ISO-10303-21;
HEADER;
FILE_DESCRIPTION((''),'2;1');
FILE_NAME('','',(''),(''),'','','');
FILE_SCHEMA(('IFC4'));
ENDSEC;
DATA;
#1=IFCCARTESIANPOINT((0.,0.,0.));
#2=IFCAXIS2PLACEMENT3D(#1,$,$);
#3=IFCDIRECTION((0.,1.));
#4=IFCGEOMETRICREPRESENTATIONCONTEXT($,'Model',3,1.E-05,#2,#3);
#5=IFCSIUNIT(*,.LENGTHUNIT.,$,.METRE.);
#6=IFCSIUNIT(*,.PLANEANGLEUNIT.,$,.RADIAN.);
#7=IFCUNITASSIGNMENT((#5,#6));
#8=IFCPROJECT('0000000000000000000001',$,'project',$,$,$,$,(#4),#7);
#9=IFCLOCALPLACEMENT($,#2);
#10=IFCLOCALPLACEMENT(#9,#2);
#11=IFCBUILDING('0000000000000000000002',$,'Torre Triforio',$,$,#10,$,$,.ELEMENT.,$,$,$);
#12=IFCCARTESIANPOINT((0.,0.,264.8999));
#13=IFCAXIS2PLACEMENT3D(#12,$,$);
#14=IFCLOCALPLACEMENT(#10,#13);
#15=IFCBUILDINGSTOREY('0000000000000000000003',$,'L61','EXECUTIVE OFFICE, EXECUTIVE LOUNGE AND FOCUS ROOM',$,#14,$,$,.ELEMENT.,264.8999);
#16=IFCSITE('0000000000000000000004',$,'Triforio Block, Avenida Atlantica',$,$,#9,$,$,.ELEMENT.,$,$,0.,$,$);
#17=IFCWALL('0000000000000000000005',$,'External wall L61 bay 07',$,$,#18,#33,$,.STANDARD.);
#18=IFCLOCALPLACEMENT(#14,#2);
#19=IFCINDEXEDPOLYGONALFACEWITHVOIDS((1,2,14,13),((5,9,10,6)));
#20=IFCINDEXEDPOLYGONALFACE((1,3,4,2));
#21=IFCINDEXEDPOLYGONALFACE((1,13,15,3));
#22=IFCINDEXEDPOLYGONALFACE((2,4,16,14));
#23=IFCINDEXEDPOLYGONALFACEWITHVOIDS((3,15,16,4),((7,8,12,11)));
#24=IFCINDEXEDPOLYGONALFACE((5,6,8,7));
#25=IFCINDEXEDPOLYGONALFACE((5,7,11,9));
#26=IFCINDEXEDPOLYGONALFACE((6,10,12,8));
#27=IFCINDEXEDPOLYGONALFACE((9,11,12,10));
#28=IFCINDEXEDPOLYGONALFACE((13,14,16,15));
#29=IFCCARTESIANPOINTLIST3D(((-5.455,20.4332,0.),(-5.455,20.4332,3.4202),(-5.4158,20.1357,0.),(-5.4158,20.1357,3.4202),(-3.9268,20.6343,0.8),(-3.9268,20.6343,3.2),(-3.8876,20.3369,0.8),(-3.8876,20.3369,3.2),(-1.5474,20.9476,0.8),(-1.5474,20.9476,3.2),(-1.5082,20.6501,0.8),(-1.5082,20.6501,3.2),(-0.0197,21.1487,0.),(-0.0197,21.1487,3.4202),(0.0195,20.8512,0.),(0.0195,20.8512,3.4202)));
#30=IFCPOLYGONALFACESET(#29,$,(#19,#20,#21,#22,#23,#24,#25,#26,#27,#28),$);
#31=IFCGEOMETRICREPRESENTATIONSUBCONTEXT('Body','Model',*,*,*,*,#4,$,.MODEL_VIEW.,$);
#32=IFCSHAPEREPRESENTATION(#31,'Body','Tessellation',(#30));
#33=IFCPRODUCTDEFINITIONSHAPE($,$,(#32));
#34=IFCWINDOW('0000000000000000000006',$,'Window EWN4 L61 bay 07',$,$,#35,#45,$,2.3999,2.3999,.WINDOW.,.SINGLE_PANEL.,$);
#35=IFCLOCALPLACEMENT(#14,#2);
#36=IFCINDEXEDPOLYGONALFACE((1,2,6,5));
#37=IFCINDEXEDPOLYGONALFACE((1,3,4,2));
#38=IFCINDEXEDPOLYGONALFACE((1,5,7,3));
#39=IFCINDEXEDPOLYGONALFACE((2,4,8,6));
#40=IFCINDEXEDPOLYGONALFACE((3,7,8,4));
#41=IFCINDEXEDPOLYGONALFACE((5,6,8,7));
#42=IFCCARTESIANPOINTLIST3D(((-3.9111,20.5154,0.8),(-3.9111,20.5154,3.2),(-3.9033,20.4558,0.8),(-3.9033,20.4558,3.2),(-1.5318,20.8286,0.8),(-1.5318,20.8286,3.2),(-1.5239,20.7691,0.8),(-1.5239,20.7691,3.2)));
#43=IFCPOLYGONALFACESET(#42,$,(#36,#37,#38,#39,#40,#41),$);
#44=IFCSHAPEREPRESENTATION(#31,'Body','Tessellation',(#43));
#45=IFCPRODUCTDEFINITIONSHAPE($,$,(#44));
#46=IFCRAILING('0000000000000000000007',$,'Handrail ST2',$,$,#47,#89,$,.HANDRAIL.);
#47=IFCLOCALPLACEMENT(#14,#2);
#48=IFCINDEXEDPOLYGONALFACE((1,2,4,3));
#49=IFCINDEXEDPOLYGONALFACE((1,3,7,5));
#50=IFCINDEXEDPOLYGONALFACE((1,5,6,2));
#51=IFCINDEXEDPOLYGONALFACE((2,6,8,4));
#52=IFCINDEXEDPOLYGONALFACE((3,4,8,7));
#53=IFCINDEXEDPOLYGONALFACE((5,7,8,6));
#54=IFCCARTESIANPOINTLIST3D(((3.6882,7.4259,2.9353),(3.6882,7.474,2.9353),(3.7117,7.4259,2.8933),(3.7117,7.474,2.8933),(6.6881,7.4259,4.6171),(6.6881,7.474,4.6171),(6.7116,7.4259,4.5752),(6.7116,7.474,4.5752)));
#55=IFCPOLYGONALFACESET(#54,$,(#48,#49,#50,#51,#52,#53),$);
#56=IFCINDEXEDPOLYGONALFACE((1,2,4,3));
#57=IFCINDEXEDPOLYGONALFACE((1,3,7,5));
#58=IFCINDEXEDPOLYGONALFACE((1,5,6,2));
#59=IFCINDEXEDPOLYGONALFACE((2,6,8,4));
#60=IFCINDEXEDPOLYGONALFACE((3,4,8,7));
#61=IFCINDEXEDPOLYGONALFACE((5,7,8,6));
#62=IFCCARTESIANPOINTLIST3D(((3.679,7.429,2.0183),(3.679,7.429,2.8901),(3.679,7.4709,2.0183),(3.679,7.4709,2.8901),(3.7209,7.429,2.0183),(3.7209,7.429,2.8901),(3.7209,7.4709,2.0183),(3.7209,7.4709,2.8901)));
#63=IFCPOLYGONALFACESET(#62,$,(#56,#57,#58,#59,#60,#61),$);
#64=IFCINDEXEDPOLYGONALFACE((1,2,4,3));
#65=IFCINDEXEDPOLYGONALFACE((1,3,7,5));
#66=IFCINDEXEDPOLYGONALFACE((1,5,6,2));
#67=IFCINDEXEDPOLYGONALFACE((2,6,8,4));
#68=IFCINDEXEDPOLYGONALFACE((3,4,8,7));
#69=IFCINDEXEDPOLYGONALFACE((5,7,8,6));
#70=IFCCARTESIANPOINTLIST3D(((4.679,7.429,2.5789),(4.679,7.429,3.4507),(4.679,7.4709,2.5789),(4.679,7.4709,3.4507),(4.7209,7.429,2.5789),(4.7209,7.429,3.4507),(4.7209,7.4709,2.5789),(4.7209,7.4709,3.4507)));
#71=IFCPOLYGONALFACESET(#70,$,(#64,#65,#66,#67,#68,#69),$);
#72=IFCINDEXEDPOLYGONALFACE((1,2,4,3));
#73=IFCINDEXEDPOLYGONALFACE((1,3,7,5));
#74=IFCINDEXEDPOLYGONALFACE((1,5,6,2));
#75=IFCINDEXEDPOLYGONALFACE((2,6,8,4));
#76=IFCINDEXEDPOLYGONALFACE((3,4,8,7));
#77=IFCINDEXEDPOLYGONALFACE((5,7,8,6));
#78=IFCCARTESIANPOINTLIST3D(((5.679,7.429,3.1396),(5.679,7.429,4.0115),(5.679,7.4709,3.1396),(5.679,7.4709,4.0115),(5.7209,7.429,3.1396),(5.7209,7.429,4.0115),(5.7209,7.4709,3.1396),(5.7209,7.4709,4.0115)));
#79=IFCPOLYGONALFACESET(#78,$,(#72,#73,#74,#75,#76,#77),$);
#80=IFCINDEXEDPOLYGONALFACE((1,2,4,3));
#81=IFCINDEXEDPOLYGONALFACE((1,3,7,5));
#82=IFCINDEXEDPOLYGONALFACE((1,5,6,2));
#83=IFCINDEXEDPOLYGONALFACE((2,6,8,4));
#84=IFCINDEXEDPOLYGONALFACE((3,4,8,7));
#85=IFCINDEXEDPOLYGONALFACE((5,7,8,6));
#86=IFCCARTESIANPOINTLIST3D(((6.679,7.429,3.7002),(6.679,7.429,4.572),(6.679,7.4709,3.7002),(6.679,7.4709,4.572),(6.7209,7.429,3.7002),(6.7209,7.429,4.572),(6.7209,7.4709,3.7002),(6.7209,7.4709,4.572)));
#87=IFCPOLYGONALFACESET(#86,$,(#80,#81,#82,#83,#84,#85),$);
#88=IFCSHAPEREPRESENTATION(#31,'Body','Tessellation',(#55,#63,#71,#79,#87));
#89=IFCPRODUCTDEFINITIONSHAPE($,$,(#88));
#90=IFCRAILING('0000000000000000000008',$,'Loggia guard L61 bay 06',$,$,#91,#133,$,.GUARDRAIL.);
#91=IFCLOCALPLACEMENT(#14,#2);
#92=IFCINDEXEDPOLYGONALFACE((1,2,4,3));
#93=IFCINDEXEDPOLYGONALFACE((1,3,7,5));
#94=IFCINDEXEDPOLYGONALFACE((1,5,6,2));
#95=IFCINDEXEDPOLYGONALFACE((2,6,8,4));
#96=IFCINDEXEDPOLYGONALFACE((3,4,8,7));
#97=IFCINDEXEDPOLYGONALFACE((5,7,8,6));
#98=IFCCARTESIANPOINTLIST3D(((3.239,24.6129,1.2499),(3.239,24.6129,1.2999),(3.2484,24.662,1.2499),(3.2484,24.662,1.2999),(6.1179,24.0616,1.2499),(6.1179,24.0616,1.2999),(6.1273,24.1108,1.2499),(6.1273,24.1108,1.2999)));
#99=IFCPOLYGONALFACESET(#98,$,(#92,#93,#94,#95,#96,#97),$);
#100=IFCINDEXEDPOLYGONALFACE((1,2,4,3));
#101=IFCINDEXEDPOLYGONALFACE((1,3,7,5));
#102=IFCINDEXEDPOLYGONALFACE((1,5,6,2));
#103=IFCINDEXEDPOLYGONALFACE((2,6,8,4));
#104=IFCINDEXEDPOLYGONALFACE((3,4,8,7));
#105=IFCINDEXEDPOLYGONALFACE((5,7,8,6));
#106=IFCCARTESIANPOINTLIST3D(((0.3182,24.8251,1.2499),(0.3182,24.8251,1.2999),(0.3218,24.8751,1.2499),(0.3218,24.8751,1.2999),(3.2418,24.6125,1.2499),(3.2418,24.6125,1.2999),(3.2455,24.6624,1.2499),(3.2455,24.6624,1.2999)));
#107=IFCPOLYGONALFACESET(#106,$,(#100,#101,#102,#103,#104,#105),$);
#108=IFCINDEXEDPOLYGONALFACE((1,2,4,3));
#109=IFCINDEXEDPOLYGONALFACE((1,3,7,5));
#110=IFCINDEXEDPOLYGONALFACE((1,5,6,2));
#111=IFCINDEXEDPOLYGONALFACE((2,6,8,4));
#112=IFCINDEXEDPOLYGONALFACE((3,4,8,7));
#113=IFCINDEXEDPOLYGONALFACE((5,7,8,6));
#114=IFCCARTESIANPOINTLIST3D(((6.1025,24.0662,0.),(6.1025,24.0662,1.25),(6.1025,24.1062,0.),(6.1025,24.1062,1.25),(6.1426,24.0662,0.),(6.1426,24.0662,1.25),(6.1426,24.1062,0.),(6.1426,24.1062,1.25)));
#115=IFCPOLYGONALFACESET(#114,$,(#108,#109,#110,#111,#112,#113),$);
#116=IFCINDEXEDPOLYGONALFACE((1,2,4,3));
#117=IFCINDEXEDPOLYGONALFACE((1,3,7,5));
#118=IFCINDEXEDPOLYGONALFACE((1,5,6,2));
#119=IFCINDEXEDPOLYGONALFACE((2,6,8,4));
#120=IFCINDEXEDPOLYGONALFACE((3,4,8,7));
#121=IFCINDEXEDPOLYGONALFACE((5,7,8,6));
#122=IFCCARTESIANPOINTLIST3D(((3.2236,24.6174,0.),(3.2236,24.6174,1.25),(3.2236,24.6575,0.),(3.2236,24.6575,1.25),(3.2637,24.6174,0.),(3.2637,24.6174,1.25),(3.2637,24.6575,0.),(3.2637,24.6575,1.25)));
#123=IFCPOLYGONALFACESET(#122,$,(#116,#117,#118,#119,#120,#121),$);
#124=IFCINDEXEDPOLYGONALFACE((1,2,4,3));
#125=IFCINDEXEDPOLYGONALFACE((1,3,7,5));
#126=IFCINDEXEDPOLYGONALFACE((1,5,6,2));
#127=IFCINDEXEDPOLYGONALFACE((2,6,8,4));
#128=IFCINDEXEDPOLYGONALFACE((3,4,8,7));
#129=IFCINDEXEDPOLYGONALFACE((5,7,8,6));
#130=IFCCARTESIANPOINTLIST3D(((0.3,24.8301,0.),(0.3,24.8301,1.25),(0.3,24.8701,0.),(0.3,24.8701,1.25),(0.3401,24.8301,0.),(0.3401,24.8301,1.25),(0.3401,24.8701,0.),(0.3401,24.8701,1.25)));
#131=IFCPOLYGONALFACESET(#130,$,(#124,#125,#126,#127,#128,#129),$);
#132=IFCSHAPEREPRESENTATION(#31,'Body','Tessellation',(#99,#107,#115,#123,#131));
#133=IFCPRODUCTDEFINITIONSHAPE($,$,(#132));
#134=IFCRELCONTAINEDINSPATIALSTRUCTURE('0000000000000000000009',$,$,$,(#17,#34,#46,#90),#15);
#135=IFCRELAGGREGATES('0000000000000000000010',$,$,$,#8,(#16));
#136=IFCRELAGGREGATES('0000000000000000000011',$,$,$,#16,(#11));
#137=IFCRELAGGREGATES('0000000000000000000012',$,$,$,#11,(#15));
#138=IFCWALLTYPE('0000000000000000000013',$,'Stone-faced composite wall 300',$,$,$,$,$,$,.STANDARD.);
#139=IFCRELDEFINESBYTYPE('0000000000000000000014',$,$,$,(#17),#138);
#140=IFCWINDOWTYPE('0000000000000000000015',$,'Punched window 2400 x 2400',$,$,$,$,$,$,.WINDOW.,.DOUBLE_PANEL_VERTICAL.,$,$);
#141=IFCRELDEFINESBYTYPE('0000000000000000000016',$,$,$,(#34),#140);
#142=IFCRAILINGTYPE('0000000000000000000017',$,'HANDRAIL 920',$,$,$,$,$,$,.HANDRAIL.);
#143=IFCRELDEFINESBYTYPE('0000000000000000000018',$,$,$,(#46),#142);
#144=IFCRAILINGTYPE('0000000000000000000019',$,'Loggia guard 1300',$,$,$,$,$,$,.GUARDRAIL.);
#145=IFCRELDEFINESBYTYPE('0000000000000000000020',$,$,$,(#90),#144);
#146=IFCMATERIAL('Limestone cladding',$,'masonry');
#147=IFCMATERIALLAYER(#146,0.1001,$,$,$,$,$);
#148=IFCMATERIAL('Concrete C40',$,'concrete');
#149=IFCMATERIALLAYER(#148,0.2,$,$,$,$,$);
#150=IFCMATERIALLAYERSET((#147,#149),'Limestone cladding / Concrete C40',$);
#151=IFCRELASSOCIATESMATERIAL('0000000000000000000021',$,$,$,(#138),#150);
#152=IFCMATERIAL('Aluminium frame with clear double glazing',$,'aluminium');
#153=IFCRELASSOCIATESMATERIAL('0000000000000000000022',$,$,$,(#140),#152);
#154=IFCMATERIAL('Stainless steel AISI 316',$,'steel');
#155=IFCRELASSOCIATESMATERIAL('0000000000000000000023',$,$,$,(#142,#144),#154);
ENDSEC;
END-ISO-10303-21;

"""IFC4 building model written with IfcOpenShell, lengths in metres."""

from ifc_helpers import new_model, si_unit, direction, frame, frame_2d, origin, origin_2d, place, context, subcontext, project, spatial, rectangle, extrude, material, layer, layer_set, type_object, element, fill, save


model = new_model("IFC4")

# Units and contexts
model_context = context("Model", 3, precision=1e-05, world=origin(), true_north=direction((0.0, 1.0)))
body_context = subcontext(model_context, "Body", "Model", "MODEL_VIEW")
ifc_project = project(units=[si_unit("LENGTHUNIT", "METRE"), si_unit("PLANEANGLEUNIT", "RADIAN")], contexts=[model_context])

# Site, building, storey
site_placement = place(None, origin())
site = spatial("IfcSite", under=ifc_project, at=site_placement, Name="Triforio Block, Avenida Atlantica", CompositionType="ELEMENT", RefElevation=0.0)
building_placement = place(site_placement, origin())
building = spatial("IfcBuilding", under=site, at=building_placement, Name="Torre Triforio", CompositionType="ELEMENT")
storey_placement = place(building_placement, frame((0.0, 0.0, 264.8999)))
storey = spatial("IfcBuildingStorey", under=building, at=storey_placement, Name="L61", Description="EXECUTIVE OFFICE, EXECUTIVE LOUNGE AND FOCUS ROOM", CompositionType="ELEMENT", Elevation=264.8999)

# Shared definitions
ifc_material_1 = material(Name="Concrete C40", Category="concrete")

# Shared definitions
ifc_material_2 = material(Name="Limestone cladding", Category="masonry")
ifc_layer_1 = layer(ifc_material_2, 0.1001)
ifc_layer_2 = layer(ifc_material_1, 0.2)
ifc_layer_set_1 = layer_set([ifc_layer_1, ifc_layer_2], Name="Limestone cladding / Concrete C40")
wall_type_1 = type_object("IfcWallType", Name="Stone-faced composite wall 300", PredefinedType="STANDARD", material=ifc_layer_set_1)
ifc_material_3 = material(Name="Aluminium frame with clear double glazing", Category="aluminium")

# Wall, opening, window
wall_1_placement = place(storey_placement, frame((0.0, 21.0, 0.0), z_axis=(0.0, 0.0, 1.0), x_axis=(-0.991445, -0.130527, 0.0)))
wall_1 = element("IfcWall", 1, at=wall_1_placement, inside=storey, type_object=wall_type_1, Name="External wall L61 bay 07", PredefinedType="STANDARD", context=body_context, shape_type="SweptSolid", body=[
    extrude(rectangle(XDim=5.4822, YDim=0.3, at=frame_2d((2.7412, 0.0))), origin(), (0.0, 0.0, 1.0), 3.4202),
])
opening_1_placement = place(wall_1_placement, frame((1.541, 0.0, 0.8)))
opening_1 = element("IfcOpeningElement", 2, at=opening_1_placement, cuts=wall_1, PredefinedType="OPENING", context=body_context, shape_type="SweptSolid", body=[
    extrude(rectangle(XDim=2.3999, YDim=2.3999, at=frame_2d((1.2, 1.2))), frame((0.0, 0.1599, 0.0), z_axis=(0.0, -1.0, 0.0), x_axis=(1.0, 0.0, 0.0)), (0.0, 0.0, 1.0), 0.3201),
])
window_type_1 = type_object("IfcWindowType", Name="Punched window 2400 x 2400", PartitioningType="DOUBLE_PANEL_VERTICAL", PredefinedType="WINDOW", material=ifc_material_3)
window_1_placement = place(opening_1_placement, origin())
window_1 = element("IfcWindow", 3, at=window_1_placement, inside=storey, type_object=window_type_1, Name="Window EWN4 L61 bay 07", OverallHeight=2.3999, OverallWidth=2.3999, PartitioningType="SINGLE_PANEL", PredefinedType="WINDOW", context=body_context, shape_type="SweptSolid", body=[
    extrude(rectangle(XDim=2.3999, YDim=2.3999, at=frame_2d((1.2, 1.2))), frame((0.0, 0.03, 0.0), z_axis=(0.0, -1.0, 0.0), x_axis=(1.0, 0.0, 0.0)), (0.0, 0.0, 1.0), 0.0601),
])
fill(opening_1, window_1)

# Railings
ifc_material_4 = material(Name="Stainless steel AISI 316", Category="steel")
railing_type_1 = type_object("IfcRailingType", Name="HANDRAIL 920", PredefinedType="HANDRAIL", material=ifc_material_4)
railing_1_placement = place(storey_placement, frame((3.7, 7.45, 2.0183)))
element("IfcRailing", 4, at=railing_1_placement, inside=storey, type_object=railing_type_1, Name="Handrail ST2", PredefinedType="HANDRAIL", context=body_context, shape_type="SweptSolid", body=[
    extrude(rectangle(XDim=0.0481, YDim=0.0481, at=origin_2d()), frame((0.0, 0.0, 0.896), z_axis=(0.872272, 0.0, 0.48902), x_axis=(0.0, 1.0, 0.0)), (0.0, 0.0, 1.0), 3.4392),
    extrude(rectangle(XDim=0.042, YDim=0.042, at=origin_2d()), origin(), (0.0, 0.0, 1.0), 0.8718),
    extrude(rectangle(XDim=0.042, YDim=0.042, at=origin_2d()), frame((1.0, 0.0, 0.5605)), (0.0, 0.0, 1.0), 0.8718),
    extrude(rectangle(XDim=0.042, YDim=0.042, at=origin_2d()), frame((2.0, 0.0, 1.1213)), (0.0, 0.0, 1.0), 0.8718),
    extrude(rectangle(XDim=0.042, YDim=0.042, at=origin_2d()), frame((3.0, 0.0, 1.6819)), (0.0, 0.0, 1.0), 0.8718),
])
railing_type_2 = type_object("IfcRailingType", Name="Loggia guard 1300", PredefinedType="GUARDRAIL", material=ifc_material_4)
railing_2_placement = place(storey_placement, frame((6.1226, 24.0862, 0.0)))
element("IfcRailing", 5, at=railing_2_placement, inside=storey, type_object=railing_type_2, Name="Loggia guard L61 bay 06", PredefinedType="GUARDRAIL", context=body_context, shape_type="SweptSolid", body=[
    extrude(rectangle(XDim=0.05, YDim=0.05, at=origin_2d()), frame((0.0, 0.0, 1.2749), z_axis=(-0.982156, 0.188069, 0.0), x_axis=(-0.188069, -0.982156, 0.0)), (0.0, 0.0, 1.0), 2.9312),
    extrude(rectangle(XDim=0.05, YDim=0.05, at=origin_2d()), frame((-2.8789, 0.5513, 1.2749), z_axis=(-0.997365, 0.072543, 0.0), x_axis=(-0.072543, -0.997365, 0.0)), (0.0, 0.0, 1.0), 2.9314),
    extrude(rectangle(XDim=0.04, YDim=0.04, at=origin_2d()), origin(), (0.0, 0.0, 1.0), 1.25),
    extrude(rectangle(XDim=0.04, YDim=0.04, at=origin_2d()), frame((-2.8789, 0.5513, 0.0)), (0.0, 0.0, 1.0), 1.25),
    extrude(rectangle(XDim=0.04, YDim=0.04, at=origin_2d()), frame((-5.8025, 0.7639, 0.0)), (0.0, 0.0, 1.0), 1.25),
])

save(model, "model.ifc")
